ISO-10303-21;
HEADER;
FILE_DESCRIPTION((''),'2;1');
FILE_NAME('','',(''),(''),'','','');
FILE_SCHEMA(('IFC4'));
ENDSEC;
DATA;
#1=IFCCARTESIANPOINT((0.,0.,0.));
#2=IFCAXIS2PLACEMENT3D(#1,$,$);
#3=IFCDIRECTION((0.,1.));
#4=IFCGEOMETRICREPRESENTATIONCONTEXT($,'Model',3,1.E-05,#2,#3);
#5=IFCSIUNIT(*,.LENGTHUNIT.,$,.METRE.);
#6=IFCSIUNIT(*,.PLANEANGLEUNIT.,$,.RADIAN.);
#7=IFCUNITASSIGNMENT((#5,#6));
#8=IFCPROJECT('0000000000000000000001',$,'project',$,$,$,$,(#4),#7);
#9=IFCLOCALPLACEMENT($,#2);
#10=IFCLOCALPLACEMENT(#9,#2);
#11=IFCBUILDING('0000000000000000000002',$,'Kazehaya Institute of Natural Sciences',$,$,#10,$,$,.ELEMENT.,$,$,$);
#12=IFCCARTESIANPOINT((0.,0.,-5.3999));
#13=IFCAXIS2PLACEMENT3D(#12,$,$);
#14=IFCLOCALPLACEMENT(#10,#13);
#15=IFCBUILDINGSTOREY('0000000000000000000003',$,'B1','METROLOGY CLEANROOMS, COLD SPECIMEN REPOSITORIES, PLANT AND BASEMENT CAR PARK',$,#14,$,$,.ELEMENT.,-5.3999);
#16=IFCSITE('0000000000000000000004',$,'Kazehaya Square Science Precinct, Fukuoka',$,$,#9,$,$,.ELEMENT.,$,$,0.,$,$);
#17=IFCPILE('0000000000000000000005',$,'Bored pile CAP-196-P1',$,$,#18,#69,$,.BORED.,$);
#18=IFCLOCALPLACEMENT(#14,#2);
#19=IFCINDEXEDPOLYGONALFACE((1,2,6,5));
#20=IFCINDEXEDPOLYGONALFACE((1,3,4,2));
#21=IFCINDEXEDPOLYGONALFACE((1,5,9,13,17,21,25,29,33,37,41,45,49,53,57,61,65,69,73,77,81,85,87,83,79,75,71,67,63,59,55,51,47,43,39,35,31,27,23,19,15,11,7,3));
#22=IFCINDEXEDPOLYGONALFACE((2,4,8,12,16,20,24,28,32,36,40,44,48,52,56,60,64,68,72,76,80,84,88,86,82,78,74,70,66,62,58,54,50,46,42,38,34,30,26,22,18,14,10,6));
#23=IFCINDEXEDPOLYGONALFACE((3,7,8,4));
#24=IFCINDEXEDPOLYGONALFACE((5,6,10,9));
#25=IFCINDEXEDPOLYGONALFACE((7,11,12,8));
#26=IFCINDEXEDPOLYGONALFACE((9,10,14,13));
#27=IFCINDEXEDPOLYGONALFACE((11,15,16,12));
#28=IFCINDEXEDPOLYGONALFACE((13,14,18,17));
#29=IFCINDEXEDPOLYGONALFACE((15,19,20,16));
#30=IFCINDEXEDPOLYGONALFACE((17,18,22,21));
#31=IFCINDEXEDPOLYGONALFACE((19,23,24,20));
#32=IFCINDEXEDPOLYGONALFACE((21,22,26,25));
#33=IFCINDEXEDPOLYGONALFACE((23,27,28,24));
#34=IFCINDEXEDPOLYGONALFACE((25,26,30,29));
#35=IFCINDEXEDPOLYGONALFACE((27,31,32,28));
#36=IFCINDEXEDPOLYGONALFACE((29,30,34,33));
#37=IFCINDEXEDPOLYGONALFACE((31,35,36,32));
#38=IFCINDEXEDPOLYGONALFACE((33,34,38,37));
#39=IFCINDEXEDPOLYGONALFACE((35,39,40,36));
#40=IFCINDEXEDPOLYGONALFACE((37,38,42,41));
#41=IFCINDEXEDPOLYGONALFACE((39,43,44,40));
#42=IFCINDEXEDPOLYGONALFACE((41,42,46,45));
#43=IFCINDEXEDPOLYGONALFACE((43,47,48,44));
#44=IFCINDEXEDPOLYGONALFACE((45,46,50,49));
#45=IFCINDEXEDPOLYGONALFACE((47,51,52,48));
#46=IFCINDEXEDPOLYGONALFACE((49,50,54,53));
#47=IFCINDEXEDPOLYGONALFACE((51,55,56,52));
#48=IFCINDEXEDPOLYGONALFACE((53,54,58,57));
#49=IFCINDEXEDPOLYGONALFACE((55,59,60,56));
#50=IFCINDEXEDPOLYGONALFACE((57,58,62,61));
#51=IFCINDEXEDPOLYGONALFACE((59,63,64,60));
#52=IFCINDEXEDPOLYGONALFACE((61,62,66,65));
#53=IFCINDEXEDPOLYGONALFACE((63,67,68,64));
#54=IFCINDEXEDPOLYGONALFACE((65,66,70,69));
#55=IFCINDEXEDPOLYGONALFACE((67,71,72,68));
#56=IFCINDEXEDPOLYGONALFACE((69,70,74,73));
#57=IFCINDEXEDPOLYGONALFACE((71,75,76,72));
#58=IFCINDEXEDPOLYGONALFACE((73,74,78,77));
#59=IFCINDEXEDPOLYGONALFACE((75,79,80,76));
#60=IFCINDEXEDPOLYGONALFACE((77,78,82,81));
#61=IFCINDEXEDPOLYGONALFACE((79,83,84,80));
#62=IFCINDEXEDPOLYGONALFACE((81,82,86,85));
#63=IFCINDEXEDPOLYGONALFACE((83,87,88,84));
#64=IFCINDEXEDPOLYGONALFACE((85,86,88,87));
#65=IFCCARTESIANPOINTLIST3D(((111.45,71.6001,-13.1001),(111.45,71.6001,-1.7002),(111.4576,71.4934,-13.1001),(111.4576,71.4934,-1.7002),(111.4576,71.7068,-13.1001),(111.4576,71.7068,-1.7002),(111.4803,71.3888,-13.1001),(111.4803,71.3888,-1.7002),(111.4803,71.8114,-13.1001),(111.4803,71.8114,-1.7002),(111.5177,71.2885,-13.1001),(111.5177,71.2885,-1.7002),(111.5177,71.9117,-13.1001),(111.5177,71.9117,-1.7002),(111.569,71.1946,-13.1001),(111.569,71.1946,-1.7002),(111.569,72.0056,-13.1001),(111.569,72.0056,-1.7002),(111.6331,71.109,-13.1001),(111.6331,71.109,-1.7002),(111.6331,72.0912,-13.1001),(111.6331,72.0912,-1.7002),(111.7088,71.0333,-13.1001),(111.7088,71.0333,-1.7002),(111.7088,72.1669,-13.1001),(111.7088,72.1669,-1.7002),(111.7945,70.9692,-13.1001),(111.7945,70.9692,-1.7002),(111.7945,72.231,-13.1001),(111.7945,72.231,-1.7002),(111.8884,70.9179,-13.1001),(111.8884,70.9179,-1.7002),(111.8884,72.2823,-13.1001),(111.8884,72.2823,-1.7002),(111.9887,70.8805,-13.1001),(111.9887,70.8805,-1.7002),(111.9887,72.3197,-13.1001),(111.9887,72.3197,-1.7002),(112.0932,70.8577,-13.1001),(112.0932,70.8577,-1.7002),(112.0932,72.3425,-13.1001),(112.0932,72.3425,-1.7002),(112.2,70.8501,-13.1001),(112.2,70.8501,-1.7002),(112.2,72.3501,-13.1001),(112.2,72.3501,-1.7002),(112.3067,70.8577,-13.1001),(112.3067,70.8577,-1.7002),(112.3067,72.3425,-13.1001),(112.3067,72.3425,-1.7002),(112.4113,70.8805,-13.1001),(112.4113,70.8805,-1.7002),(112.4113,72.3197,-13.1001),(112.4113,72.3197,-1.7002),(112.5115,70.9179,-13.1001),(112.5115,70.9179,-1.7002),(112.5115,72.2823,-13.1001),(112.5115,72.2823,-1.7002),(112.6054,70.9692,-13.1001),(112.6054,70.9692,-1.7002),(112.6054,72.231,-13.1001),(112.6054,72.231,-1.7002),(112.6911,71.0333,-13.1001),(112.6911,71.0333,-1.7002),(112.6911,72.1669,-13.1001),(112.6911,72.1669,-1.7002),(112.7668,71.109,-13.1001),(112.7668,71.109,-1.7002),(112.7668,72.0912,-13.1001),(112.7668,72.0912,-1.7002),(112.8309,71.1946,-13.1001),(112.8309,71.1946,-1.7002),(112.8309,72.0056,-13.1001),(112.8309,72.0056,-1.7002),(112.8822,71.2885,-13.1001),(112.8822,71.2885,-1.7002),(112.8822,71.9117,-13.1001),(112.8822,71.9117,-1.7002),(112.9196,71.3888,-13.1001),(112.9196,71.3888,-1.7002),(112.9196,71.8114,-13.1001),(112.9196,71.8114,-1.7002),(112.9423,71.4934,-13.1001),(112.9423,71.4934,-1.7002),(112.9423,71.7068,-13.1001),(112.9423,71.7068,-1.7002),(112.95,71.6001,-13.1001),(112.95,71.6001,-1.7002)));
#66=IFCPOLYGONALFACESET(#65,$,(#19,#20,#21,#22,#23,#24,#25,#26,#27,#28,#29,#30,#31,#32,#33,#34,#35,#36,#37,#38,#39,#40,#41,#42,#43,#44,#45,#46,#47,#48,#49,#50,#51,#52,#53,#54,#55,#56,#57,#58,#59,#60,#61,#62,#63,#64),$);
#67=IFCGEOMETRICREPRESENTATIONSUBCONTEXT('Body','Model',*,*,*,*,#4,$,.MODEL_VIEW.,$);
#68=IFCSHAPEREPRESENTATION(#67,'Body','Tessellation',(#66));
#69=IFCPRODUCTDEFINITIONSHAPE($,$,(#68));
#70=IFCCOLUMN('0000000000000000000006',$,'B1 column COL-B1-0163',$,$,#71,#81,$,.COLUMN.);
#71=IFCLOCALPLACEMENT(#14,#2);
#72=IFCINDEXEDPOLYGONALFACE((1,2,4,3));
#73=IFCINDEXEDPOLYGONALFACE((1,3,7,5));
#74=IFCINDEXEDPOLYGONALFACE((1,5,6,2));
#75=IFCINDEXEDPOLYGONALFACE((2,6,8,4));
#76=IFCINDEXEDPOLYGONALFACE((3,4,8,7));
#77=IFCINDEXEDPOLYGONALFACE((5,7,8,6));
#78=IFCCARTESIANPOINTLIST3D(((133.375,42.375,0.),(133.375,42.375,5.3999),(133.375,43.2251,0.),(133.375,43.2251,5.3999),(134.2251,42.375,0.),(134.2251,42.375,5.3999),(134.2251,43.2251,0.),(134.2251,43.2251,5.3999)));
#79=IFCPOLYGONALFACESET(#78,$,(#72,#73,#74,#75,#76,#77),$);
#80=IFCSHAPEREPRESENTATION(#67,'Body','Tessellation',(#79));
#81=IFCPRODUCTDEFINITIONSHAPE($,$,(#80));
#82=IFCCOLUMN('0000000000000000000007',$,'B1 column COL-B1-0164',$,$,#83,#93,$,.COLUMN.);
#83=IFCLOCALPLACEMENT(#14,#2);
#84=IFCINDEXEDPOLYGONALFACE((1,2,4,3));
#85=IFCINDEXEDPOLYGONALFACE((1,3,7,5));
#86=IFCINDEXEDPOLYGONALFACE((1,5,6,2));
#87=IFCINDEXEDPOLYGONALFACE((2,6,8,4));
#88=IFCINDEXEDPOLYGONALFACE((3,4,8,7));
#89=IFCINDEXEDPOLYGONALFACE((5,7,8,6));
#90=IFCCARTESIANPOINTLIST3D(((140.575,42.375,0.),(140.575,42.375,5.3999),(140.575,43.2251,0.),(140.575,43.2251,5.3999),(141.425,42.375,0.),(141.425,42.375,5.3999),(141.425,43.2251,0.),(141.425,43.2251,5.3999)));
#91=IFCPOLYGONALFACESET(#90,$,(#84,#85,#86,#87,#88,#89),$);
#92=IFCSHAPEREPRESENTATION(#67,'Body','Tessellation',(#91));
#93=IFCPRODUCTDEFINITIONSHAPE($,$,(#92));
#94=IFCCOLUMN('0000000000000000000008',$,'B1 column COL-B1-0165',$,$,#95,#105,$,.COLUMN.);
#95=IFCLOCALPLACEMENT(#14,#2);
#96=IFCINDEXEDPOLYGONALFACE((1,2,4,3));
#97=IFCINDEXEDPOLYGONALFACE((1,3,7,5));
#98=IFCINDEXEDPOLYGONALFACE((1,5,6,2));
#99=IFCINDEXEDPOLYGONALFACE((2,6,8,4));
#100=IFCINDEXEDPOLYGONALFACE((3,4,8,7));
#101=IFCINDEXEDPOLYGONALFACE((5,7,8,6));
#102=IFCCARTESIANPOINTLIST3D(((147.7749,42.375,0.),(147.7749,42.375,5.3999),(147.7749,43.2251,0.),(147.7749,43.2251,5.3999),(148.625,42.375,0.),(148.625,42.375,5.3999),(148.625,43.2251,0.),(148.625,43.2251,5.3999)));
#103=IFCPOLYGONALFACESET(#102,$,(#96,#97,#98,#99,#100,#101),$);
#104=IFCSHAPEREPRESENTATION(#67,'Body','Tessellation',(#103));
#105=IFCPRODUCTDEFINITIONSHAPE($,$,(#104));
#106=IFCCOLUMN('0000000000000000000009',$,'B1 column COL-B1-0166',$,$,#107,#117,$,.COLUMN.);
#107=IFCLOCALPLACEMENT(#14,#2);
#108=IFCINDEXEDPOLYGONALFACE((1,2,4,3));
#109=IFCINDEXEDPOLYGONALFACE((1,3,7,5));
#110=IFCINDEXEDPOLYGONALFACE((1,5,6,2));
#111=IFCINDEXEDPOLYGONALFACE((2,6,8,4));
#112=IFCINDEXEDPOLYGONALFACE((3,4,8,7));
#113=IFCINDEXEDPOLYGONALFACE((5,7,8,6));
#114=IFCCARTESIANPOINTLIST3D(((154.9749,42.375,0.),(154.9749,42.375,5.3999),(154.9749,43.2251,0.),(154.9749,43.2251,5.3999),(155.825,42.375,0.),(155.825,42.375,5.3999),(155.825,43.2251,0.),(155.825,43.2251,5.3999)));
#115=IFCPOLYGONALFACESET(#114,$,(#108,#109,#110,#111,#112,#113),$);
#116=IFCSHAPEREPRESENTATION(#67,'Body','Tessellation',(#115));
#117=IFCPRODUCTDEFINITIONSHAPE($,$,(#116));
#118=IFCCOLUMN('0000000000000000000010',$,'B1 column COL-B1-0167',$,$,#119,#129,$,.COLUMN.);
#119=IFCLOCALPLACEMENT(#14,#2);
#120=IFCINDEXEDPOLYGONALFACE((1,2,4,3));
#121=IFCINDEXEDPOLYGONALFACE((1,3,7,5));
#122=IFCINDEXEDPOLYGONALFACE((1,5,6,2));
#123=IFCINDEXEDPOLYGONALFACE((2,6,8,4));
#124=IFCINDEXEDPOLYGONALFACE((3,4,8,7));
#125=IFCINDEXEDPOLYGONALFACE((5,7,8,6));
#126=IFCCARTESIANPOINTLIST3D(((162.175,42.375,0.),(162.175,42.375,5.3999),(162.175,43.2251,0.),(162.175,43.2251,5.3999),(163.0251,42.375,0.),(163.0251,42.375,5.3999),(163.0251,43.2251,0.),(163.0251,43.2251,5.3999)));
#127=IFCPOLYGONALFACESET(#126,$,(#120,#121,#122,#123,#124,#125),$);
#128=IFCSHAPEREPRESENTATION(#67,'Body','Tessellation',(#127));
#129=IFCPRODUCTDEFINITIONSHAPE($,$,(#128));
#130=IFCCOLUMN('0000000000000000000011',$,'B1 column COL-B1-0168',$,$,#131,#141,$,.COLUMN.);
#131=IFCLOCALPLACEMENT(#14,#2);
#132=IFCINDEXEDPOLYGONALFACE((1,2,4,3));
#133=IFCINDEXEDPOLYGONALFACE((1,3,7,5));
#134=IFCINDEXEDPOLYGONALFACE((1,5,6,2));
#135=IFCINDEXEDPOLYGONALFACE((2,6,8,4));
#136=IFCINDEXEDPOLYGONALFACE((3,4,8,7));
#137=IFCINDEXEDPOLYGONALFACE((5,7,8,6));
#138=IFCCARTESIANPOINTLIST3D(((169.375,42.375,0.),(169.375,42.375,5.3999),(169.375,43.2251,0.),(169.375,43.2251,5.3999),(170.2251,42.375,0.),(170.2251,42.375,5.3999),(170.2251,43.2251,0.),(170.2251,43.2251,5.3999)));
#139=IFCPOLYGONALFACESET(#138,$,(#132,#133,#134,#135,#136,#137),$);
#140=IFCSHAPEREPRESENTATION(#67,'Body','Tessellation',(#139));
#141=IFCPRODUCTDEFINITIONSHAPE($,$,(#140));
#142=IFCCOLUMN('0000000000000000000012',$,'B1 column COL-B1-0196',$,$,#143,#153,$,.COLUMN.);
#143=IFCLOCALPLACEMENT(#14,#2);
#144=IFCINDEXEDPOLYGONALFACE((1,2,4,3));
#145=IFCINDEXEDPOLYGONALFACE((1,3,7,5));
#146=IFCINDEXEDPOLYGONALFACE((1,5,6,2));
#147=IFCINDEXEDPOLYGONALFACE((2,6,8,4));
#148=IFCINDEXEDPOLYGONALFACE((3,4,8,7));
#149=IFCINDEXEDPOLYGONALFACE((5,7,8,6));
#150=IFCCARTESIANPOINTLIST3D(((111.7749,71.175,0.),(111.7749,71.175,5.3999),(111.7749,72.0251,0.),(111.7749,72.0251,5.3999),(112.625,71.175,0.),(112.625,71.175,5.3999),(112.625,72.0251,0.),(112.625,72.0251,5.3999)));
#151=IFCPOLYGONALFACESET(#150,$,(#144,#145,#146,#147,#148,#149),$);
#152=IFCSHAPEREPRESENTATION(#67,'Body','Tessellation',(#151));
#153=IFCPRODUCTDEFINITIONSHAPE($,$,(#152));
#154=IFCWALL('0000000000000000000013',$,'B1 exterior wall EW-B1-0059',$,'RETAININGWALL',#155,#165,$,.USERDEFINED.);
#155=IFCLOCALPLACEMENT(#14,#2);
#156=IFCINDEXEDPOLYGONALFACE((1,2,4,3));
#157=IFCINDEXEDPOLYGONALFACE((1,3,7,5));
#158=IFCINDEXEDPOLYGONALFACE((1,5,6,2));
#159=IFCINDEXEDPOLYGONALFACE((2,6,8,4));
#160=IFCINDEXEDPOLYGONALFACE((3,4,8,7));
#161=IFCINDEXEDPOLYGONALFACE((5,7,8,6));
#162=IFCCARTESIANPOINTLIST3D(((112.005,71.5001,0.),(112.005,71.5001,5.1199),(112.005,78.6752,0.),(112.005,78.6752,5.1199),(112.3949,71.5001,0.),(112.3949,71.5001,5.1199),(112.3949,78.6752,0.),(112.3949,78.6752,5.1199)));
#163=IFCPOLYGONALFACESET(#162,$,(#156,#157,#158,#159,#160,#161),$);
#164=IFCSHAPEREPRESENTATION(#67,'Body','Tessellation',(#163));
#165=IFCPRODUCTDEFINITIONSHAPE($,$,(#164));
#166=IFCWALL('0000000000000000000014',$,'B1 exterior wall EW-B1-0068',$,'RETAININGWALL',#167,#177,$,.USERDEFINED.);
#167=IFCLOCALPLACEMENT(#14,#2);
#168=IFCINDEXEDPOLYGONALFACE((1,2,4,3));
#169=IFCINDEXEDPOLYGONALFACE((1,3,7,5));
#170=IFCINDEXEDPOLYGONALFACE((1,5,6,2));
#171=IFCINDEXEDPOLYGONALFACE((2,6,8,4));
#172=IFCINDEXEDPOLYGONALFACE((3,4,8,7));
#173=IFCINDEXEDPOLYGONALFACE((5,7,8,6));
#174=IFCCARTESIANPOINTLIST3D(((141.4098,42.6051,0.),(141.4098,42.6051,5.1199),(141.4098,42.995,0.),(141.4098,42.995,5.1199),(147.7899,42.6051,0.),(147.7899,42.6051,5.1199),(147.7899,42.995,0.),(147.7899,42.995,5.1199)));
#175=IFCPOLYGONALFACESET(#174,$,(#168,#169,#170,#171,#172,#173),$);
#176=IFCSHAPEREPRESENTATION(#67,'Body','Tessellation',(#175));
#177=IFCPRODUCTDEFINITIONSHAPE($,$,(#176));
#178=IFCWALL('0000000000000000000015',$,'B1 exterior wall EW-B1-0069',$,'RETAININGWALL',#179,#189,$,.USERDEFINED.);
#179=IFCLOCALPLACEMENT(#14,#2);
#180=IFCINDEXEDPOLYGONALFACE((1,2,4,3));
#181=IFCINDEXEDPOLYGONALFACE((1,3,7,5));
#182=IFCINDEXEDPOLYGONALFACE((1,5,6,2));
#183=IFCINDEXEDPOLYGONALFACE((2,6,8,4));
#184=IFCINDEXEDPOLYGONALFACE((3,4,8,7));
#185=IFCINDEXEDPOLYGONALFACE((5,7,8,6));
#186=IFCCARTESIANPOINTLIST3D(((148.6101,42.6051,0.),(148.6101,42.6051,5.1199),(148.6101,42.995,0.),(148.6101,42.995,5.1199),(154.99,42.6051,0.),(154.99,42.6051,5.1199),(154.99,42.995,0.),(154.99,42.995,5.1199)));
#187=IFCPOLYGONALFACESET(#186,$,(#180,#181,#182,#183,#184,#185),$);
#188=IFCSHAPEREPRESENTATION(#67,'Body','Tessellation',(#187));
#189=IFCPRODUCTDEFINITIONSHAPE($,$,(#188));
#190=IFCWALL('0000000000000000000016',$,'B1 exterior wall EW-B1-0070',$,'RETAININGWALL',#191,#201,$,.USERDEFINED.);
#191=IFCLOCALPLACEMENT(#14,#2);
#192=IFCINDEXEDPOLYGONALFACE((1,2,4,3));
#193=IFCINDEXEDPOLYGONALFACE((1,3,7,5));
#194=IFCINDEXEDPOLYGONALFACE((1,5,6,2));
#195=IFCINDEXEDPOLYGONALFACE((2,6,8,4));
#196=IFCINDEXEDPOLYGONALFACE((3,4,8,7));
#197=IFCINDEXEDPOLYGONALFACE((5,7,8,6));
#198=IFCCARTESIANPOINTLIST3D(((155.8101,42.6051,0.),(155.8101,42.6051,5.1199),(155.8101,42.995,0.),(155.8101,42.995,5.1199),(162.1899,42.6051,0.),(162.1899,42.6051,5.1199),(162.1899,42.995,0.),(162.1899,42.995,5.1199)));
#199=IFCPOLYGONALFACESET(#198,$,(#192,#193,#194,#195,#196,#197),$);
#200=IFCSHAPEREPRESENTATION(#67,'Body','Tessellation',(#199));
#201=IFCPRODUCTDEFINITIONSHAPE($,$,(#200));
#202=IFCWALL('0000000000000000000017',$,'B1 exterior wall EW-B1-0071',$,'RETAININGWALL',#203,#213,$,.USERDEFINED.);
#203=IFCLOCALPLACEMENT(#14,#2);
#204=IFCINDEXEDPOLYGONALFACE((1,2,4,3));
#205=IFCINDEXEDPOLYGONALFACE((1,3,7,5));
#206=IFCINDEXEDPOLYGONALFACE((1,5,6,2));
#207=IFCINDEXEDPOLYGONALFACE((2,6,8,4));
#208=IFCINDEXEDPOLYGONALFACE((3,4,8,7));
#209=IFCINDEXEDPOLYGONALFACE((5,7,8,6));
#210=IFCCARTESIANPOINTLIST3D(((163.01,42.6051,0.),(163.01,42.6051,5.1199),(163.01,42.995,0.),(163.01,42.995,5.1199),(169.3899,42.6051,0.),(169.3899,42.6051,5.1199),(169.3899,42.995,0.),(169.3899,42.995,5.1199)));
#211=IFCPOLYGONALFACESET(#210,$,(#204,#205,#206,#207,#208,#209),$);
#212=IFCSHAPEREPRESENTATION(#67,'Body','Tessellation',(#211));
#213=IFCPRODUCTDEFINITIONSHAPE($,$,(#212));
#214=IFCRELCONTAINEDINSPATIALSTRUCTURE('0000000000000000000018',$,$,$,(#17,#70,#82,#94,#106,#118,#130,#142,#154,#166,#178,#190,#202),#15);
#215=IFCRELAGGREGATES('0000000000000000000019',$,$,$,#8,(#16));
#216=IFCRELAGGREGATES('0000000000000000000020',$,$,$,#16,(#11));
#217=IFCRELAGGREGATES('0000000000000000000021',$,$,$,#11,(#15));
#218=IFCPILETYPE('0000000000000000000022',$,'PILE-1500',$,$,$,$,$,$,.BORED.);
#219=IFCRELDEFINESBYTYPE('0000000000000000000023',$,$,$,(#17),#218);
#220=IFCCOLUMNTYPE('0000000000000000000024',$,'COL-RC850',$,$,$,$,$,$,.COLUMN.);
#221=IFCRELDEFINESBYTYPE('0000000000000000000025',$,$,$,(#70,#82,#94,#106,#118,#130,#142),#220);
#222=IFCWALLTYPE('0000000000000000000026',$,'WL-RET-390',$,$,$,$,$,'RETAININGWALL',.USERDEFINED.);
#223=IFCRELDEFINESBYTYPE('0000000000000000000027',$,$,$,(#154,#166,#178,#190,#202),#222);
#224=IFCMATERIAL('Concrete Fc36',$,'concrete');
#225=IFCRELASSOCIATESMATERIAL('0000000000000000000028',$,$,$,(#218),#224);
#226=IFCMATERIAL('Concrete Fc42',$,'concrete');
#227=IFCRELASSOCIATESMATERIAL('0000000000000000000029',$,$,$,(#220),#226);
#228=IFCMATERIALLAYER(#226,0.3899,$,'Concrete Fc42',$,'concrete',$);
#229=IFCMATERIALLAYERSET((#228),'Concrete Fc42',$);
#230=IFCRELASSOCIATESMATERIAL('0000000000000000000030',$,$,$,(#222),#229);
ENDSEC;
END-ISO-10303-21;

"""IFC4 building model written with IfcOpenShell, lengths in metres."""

from ifc_helpers import new_model, si_unit, direction, frame, frame_2d, origin, origin_2d, place, context, subcontext, project, spatial, rectangle, circle, extrude, material, layer, layer_set, material_profile, profile_set, type_object, element, save


model = new_model("IFC4")

# Units and contexts
model_context = context("Model", 3, precision=1e-05, world=origin(), true_north=direction((0.0, 1.0)))
body_context = subcontext(model_context, "Body", "Model", "MODEL_VIEW")
ifc_project = project(units=[si_unit("LENGTHUNIT", "METRE"), si_unit("PLANEANGLEUNIT", "RADIAN")], contexts=[model_context])

# Site, building, storey
site_placement = place(None, origin())
site = spatial("IfcSite", under=ifc_project, at=site_placement, Name="Kazehaya Square Science Precinct, Fukuoka", CompositionType="ELEMENT", RefElevation=0.0)
building_placement = place(site_placement, origin())
building = spatial("IfcBuilding", under=site, at=building_placement, Name="Kazehaya Institute of Natural Sciences", CompositionType="ELEMENT")
storey_placement = place(building_placement, frame((0.0, 0.0, -5.3999)))
storey = spatial("IfcBuildingStorey", under=building, at=storey_placement, Name="B1", Description="METROLOGY CLEANROOMS, COLD SPECIMEN REPOSITORIES, PLANT AND BASEMENT CAR PARK", CompositionType="ELEMENT", Elevation=-5.3999)

# Shared definitions
ifc_material_1 = material(Name="Concrete Fc36", Category="concrete")

# Pile
ifc_material_profile_1 = material_profile(ifc_material_1, circle(Radius=0.75, at=origin_2d()), Name="PILE-1500")
ifc_profile_set_1 = profile_set([ifc_material_profile_1], Name="Concrete Fc36")
pile_type_1 = type_object("IfcPileType", Name="PILE-1500", PredefinedType="BORED", material=ifc_profile_set_1)
for number, where, z_axis, x_axis, name in (
    (1, (112.2, 71.6001, -1.7002), (0.0, 0.0, -1.0), (1.0, 0.0, 0.0), "Bored pile CAP-196-P1"),
):
    element("IfcPile", number, at=place(storey_placement, frame(where, z_axis=z_axis, x_axis=x_axis)), inside=storey, type_object=pile_type_1, Name=name, PredefinedType="BORED", context=body_context, shape_type="SweptSolid", body=[
        extrude(circle(Radius=0.75, at=origin_2d()), origin(), (0.0, 0.0, 1.0), 11.3999),
    ])

# Columns
ifc_material_2 = material(Name="Concrete Fc42", Category="concrete")
ifc_material_profile_2 = material_profile(ifc_material_2, rectangle(XDim=0.8501, YDim=0.8501, at=origin_2d()), Name="RC-850x850")
ifc_profile_set_2 = profile_set([ifc_material_profile_2], Name="Concrete Fc42")
column_type = type_object("IfcColumnType", Name="COL-RC850", PredefinedType="COLUMN", material=ifc_profile_set_2)
for number, where, z_axis, x_axis, name in (
    (2, (133.8, 42.8, 0.0), (0.0, 0.0, 1.0), (1.0, 0.0, 0.0), "B1 column COL-B1-0163"),
    (3, (141.0, 42.8, 0.0), (0.0, 0.0, 1.0), (1.0, 0.0, 0.0), "B1 column COL-B1-0164"),
    (4, (148.2, 42.8, 0.0), (0.0, 0.0, 1.0), (1.0, 0.0, 0.0), "B1 column COL-B1-0165"),
    (5, (155.3999, 42.8, 0.0), (0.0, 0.0, 1.0), (1.0, 0.0, 0.0), "B1 column COL-B1-0166"),
    (6, (162.6001, 42.8, 0.0), (0.0, 0.0, 1.0), (1.0, 0.0, 0.0), "B1 column COL-B1-0167"),
    (7, (169.8, 42.8, 0.0), (0.0, 0.0, 1.0), (1.0, 0.0, 0.0), "B1 column COL-B1-0168"),
    (8, (112.2, 71.6001, 0.0), (0.0, 0.0, 1.0), (1.0, 0.0, 0.0), "B1 column COL-B1-0196"),
):
    element("IfcColumn", number, at=place(storey_placement, frame(where, z_axis=z_axis, x_axis=x_axis)), inside=storey, type_object=column_type, Name=name, PredefinedType="COLUMN", context=body_context, shape_type="SweptSolid", body=[
        extrude(rectangle(XDim=0.8501, YDim=0.8501, at=origin_2d()), origin(), (0.0, 0.0, 1.0), 5.3999),
    ])

# Walls
ifc_layer = layer(ifc_material_2, 0.3899, Name="Concrete Fc42", Category="concrete")
ifc_layer_set = layer_set([ifc_layer], Name="Concrete Fc42")
wall_type = type_object("IfcWallType", Name="WL-RET-390", ElementType="RETAININGWALL", PredefinedType="USERDEFINED", material=ifc_layer_set)
wall_placement = place(storey_placement, frame((112.2, 78.675, 0.0), z_axis=(0.0, 0.0, 1.0), x_axis=(0.0, -1.0, 0.0)))
element("IfcWall", 9, at=wall_placement, inside=storey, type_object=wall_type, Name="B1 exterior wall EW-B1-0059", ObjectType="RETAININGWALL", PredefinedType="USERDEFINED", context=body_context, shape_type="SweptSolid", body=[
    extrude(rectangle(XDim=7.175, YDim=0.3899, at=frame_2d((3.5874, 0.0))), origin(), (0.0, 0.0, 1.0), 5.1199),
])
for number, where, z_axis, x_axis, name in (
    (10, (141.4099, 42.8, 0.0), (0.0, 0.0, 1.0), (1.0, 0.0, 0.0), "B1 exterior wall EW-B1-0068"),
):
    element("IfcWall", number, at=place(storey_placement, frame(where, z_axis=z_axis, x_axis=x_axis)), inside=storey, type_object=wall_type, Name=name, ObjectType="RETAININGWALL", PredefinedType="USERDEFINED", context=body_context, shape_type="SweptSolid", body=[
        extrude(rectangle(XDim=6.3801, YDim=0.3899, at=frame_2d((3.1899, 0.0))), origin(), (0.0, 0.0, 1.0), 5.1199),
    ])
for number, where, z_axis, x_axis, name in (
    (11, (148.6101, 42.8, 0.0), (0.0, 0.0, 1.0), (1.0, 0.0, 0.0), "B1 exterior wall EW-B1-0069"),
    (12, (155.8101, 42.8, 0.0), (0.0, 0.0, 1.0), (1.0, 0.0, 0.0), "B1 exterior wall EW-B1-0070"),
    (13, (163.01, 42.8, 0.0), (0.0, 0.0, 1.0), (1.0, 0.0, 0.0), "B1 exterior wall EW-B1-0071"),
):
    element("IfcWall", number, at=place(storey_placement, frame(where, z_axis=z_axis, x_axis=x_axis)), inside=storey, type_object=wall_type, Name=name, ObjectType="RETAININGWALL", PredefinedType="USERDEFINED", context=body_context, shape_type="SweptSolid", body=[
        extrude(rectangle(XDim=6.3799, YDim=0.3899, at=frame_2d((3.1899, 0.0))), origin(), (0.0, 0.0, 1.0), 5.1199),
    ])

save(model, "model.ifc")
